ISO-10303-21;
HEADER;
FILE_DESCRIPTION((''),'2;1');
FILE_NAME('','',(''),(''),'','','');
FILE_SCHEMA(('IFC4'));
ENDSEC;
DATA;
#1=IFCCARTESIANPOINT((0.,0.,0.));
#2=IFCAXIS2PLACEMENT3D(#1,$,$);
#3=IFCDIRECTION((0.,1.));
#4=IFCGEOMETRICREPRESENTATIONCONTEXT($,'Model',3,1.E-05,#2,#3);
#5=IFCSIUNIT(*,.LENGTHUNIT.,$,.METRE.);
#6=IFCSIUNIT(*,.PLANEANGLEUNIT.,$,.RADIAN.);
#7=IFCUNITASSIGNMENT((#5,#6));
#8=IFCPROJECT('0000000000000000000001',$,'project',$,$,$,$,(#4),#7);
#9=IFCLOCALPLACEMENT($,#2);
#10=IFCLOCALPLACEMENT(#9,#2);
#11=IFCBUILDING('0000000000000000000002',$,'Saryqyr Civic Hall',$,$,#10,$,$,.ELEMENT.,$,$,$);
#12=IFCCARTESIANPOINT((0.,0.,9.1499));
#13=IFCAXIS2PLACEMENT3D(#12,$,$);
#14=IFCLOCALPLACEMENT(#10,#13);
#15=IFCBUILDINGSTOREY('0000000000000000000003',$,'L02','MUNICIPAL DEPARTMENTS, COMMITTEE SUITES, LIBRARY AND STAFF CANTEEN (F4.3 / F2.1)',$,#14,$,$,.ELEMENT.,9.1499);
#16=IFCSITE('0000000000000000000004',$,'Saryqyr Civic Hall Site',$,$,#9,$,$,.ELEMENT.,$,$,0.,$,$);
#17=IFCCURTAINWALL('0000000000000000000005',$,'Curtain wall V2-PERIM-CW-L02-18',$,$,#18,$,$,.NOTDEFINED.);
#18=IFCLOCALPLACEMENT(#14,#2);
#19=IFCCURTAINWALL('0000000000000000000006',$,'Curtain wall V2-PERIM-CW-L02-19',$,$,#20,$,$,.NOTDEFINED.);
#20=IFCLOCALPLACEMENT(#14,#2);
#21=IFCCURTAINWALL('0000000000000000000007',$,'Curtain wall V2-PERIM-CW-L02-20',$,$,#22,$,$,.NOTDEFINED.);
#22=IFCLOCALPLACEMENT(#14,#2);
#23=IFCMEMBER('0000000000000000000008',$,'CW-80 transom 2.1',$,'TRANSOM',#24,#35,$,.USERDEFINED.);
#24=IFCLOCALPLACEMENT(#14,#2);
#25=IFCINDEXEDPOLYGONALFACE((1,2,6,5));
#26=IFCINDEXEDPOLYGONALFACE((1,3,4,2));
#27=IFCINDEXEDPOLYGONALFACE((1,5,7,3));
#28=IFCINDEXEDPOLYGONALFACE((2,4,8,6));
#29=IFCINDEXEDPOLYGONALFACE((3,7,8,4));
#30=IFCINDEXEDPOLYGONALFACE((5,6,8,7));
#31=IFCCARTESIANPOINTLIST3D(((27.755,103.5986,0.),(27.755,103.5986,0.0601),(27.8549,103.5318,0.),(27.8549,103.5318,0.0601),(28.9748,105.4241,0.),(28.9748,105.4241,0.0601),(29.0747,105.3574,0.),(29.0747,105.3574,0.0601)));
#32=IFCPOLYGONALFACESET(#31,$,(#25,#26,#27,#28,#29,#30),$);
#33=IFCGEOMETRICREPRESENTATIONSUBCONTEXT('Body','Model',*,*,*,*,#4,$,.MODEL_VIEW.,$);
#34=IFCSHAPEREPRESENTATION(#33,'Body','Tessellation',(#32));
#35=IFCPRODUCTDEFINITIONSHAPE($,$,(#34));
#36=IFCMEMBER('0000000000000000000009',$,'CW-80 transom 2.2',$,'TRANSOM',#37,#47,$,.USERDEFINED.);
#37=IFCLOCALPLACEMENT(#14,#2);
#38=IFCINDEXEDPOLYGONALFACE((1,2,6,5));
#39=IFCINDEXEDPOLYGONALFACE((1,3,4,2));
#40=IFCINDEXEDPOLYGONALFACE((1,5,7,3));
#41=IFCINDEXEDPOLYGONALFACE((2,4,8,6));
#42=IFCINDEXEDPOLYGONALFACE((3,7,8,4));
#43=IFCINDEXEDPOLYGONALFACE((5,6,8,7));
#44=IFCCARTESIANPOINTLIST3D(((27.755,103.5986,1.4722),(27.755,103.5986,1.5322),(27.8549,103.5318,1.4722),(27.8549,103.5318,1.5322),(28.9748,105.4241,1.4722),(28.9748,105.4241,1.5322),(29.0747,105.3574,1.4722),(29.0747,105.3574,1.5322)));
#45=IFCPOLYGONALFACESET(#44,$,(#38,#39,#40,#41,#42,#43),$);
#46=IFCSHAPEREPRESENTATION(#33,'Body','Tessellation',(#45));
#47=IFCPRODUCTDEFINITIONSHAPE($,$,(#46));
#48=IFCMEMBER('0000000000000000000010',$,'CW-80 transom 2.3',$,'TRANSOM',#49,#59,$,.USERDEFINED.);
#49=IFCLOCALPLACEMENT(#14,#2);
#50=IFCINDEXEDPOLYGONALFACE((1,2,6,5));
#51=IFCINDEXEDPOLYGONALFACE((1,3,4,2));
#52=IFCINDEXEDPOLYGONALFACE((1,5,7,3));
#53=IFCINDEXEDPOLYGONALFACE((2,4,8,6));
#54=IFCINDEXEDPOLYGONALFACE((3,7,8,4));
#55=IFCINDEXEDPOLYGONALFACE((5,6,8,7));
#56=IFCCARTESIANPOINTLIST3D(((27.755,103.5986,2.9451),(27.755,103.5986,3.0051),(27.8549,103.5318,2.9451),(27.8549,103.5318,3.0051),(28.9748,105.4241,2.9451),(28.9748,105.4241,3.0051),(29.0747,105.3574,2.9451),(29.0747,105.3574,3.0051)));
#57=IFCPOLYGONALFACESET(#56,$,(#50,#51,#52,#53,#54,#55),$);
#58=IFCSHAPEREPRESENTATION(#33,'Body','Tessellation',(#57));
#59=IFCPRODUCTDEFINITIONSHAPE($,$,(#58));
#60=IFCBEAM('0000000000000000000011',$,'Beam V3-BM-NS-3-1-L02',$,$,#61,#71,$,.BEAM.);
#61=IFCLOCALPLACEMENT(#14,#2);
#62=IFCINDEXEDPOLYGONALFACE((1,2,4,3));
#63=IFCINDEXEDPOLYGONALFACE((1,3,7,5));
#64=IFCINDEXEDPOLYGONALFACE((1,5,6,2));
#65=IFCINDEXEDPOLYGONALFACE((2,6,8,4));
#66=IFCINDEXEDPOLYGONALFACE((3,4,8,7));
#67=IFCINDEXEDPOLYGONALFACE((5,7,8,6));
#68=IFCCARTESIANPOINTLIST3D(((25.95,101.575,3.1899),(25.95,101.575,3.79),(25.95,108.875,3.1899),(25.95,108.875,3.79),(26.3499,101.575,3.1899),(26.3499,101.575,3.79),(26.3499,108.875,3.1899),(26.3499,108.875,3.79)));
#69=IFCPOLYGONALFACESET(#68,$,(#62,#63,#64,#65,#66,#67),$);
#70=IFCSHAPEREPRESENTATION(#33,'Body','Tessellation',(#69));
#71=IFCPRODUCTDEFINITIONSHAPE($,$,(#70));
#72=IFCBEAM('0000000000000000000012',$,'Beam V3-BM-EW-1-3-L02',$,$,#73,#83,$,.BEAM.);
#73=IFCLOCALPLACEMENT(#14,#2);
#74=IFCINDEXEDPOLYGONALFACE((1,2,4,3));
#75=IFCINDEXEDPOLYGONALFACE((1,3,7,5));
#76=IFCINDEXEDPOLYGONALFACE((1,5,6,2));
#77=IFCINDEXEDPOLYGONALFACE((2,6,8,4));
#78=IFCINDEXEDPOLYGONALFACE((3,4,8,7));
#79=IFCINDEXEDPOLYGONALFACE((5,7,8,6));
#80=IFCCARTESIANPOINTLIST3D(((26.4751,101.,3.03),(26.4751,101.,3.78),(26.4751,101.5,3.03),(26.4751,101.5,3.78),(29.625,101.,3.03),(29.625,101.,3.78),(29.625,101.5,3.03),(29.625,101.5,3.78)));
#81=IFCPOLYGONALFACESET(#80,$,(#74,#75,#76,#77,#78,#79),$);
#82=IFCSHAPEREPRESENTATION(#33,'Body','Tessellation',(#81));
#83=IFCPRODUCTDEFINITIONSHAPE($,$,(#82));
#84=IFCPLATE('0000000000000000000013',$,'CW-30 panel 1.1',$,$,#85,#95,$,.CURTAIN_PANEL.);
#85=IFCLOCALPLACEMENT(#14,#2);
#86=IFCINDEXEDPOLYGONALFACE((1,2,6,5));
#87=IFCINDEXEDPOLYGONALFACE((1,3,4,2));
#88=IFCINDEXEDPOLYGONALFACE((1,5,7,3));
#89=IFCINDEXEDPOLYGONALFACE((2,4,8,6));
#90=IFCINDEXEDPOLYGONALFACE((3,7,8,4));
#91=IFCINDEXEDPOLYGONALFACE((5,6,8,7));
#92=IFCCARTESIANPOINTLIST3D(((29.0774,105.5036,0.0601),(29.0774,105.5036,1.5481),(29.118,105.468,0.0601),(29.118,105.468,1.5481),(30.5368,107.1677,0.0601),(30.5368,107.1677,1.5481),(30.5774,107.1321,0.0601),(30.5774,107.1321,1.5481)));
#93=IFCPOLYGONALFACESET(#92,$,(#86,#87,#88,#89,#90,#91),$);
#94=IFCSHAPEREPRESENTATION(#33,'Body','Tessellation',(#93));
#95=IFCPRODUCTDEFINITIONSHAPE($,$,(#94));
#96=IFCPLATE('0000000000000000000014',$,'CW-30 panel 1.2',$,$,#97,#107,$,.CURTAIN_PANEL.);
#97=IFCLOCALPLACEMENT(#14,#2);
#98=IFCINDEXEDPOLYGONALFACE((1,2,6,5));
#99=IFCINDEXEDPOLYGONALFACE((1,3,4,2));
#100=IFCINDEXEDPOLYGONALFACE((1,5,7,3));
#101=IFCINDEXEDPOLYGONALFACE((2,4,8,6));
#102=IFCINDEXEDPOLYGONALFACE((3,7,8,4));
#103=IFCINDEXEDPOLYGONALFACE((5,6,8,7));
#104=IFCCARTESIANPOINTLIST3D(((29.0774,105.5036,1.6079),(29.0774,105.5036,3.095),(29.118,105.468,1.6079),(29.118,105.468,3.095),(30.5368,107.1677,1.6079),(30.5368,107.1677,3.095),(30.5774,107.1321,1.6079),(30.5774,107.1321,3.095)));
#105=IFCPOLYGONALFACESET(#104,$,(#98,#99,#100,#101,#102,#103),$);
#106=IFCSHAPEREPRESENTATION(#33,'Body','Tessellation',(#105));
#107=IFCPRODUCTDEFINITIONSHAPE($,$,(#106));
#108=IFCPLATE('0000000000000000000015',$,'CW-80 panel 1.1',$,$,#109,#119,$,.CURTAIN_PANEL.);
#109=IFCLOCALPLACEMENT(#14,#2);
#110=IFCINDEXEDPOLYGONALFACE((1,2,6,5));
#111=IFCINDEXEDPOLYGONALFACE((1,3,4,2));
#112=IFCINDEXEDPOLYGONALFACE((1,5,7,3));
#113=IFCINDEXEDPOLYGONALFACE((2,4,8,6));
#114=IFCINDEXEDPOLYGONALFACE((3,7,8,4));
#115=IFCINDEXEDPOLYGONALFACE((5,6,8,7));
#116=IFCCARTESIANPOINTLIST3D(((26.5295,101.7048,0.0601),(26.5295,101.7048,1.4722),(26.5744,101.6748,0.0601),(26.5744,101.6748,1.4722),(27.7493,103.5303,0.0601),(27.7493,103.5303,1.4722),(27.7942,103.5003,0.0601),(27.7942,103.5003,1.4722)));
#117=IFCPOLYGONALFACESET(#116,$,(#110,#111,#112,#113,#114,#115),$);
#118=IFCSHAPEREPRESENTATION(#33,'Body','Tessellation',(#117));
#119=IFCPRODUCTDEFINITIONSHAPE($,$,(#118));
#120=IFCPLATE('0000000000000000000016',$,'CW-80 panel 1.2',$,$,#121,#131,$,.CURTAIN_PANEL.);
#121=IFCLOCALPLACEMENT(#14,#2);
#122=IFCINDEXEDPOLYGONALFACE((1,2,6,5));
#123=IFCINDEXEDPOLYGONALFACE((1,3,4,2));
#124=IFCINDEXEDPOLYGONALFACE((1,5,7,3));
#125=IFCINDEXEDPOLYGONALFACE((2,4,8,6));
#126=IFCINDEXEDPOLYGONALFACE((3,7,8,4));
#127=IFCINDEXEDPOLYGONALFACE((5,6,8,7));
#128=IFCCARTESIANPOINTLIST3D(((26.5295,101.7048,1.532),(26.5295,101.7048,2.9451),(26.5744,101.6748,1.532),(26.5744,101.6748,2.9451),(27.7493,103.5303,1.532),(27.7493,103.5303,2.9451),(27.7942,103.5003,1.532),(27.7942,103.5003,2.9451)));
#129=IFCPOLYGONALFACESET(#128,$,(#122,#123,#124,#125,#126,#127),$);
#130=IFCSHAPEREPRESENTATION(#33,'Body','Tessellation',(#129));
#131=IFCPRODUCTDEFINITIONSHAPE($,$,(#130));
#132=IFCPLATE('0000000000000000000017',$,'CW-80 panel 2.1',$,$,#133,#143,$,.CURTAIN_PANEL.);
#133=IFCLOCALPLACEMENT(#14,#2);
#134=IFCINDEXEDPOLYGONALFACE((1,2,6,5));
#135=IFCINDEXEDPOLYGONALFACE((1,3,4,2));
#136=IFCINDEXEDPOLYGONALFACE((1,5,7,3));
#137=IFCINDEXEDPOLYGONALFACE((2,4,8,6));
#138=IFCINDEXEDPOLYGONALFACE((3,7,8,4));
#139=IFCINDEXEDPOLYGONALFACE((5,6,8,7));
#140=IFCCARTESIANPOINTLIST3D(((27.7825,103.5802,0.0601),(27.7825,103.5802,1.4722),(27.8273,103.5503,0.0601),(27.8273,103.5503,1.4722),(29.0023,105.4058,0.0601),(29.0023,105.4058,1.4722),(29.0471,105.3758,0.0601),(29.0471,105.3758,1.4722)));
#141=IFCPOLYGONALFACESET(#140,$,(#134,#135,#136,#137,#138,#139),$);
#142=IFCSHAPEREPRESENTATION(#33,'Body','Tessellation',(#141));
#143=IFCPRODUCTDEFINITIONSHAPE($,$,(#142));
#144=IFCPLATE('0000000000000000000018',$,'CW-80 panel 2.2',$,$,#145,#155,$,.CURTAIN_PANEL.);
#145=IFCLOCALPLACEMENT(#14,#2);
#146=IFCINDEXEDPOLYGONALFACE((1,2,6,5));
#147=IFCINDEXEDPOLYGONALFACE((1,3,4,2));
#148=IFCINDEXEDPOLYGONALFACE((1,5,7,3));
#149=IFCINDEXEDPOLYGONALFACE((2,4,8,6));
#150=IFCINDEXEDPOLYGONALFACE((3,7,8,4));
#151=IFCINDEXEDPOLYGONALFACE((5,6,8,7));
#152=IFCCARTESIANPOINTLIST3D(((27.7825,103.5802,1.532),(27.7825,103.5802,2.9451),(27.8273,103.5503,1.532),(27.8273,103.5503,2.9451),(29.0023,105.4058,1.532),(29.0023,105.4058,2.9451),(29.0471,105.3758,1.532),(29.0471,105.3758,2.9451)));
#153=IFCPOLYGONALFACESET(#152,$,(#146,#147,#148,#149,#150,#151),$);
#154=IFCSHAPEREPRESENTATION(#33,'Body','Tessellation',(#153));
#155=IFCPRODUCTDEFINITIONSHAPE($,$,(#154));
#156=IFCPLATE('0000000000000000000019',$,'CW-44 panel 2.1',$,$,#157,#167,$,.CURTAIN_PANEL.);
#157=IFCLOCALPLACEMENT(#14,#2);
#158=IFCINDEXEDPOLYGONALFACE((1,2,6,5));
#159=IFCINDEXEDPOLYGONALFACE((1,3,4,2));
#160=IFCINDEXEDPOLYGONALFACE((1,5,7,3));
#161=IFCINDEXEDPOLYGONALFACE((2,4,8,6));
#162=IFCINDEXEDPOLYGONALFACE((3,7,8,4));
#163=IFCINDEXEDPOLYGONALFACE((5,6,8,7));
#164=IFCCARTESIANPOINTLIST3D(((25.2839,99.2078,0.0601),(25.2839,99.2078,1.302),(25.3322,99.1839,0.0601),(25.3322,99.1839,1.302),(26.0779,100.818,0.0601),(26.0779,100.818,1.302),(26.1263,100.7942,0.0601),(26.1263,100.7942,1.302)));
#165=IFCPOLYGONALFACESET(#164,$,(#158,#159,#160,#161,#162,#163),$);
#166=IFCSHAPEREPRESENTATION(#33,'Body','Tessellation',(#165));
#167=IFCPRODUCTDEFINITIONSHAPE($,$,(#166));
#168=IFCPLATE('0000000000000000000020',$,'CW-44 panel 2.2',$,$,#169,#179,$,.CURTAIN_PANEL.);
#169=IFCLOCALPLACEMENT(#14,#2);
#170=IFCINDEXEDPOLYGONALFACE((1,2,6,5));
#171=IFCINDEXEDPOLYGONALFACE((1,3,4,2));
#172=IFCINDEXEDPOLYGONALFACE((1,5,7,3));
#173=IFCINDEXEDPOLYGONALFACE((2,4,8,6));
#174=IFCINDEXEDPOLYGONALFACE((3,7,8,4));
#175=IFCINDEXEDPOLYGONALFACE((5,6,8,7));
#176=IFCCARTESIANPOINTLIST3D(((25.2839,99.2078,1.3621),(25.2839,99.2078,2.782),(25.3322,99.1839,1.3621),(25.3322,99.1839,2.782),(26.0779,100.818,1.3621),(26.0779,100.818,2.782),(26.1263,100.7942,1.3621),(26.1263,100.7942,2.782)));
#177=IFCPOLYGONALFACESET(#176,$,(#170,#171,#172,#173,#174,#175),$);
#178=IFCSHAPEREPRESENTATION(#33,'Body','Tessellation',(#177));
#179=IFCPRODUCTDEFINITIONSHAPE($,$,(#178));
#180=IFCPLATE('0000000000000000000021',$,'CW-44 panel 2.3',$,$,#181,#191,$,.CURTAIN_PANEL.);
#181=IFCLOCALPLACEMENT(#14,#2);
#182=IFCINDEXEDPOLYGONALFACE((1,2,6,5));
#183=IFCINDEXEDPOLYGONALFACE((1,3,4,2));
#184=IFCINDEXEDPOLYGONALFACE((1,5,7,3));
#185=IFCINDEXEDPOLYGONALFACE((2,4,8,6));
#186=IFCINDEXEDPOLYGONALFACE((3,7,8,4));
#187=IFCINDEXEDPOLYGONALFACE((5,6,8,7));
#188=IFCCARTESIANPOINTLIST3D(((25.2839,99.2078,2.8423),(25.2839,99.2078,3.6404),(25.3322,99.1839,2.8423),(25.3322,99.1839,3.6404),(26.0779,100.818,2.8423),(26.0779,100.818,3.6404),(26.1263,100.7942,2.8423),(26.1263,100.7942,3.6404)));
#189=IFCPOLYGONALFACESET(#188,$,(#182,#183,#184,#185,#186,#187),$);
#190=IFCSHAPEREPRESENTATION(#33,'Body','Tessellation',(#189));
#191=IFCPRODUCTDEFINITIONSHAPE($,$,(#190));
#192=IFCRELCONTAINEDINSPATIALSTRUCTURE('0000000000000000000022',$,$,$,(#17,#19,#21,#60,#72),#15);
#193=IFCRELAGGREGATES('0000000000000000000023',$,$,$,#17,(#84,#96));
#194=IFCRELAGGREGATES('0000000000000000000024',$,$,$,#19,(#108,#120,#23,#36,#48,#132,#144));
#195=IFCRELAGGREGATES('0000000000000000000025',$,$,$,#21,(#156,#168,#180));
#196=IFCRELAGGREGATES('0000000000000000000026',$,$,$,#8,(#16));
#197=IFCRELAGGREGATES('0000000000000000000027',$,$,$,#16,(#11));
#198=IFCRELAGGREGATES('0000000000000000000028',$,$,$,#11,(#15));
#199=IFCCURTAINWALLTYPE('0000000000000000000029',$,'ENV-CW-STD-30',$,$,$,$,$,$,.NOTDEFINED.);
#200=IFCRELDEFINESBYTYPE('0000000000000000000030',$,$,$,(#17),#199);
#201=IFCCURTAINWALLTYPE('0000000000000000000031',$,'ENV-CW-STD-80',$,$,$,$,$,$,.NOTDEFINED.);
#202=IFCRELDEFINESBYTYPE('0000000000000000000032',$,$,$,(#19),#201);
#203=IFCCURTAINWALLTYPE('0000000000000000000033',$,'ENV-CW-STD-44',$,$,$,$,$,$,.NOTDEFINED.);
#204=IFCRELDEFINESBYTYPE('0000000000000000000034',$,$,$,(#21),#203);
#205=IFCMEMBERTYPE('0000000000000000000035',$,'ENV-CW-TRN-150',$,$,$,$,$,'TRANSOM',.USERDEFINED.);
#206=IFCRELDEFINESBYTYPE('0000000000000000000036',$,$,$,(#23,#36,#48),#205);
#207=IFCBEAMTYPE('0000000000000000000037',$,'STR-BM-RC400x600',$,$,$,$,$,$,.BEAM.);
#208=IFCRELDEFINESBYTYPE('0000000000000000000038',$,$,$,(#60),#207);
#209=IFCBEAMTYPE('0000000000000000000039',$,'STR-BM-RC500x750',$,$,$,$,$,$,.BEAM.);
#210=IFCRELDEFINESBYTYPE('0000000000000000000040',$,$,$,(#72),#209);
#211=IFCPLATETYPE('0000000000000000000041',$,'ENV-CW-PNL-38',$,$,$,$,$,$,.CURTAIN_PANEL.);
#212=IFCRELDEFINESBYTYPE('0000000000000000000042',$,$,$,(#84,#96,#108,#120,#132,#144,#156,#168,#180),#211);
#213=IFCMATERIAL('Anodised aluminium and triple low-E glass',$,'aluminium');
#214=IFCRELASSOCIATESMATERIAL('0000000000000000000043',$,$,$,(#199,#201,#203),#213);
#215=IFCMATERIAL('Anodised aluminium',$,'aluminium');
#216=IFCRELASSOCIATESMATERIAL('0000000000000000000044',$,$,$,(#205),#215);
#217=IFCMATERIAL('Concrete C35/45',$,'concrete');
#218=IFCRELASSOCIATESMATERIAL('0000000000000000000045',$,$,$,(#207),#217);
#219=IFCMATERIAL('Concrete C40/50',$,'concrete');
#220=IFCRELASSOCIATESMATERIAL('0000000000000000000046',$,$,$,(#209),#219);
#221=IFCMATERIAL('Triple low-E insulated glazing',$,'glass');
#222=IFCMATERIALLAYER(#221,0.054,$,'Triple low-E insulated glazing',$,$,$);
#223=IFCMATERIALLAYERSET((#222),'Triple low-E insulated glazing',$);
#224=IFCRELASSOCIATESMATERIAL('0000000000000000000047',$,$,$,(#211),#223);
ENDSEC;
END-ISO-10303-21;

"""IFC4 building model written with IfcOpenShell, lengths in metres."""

from ifc_helpers import new_model, si_unit, direction, frame, origin, origin_2d, place, context, subcontext, project, spatial, rectangle, extrude, material, layer, layer_set, material_profile, profile_set, type_object, element, aggregate, save


model = new_model("IFC4")

# Units and contexts
model_context = context("Model", 3, precision=1e-05, world=origin(), true_north=direction((0.0, 1.0)))
body_context = subcontext(model_context, "Body", "Model", "MODEL_VIEW")
ifc_project = project(units=[si_unit("LENGTHUNIT", "METRE"), si_unit("PLANEANGLEUNIT", "RADIAN")], contexts=[model_context])

# Site, building, storey
site_placement = place(None, origin())
site = spatial("IfcSite", under=ifc_project, at=site_placement, Name="Saryqyr Civic Hall Site", CompositionType="ELEMENT", RefElevation=0.0)
building_placement = place(site_placement, origin())
building = spatial("IfcBuilding", under=site, at=building_placement, Name="Saryqyr Civic Hall", CompositionType="ELEMENT")
storey_placement = place(building_placement, frame((0.0, 0.0, 9.1499)))
storey = spatial("IfcBuildingStorey", under=building, at=storey_placement, Name="L02", Description="MUNICIPAL DEPARTMENTS, COMMITTEE SUITES, LIBRARY AND STAFF CANTEEN (F4.3 / F2.1)", CompositionType="ELEMENT", Elevation=9.1499)

# Shared definitions
ifc_material_1 = material(Name="Concrete C40/50", Category="concrete")

# Curtain wall
ifc_material_2 = material(Name="Anodised aluminium and triple low-E glass", Category="aluminium")
curtain_wall_type_1 = type_object("IfcCurtainWallType", Name="ENV-CW-STD-30", PredefinedType="NOTDEFINED", material=ifc_material_2)
curtain_wall_1_placement = place(storey_placement, origin())
curtain_wall_1 = element("IfcCurtainWall", 1, at=curtain_wall_1_placement, inside=storey, type_object=curtain_wall_type_1, Name="Curtain wall V2-PERIM-CW-L02-18", PredefinedType="NOTDEFINED")
ifc_material_3 = material(Name="Anodised aluminium", Category="aluminium")

# Curtain wall
curtain_wall_type_2 = type_object("IfcCurtainWallType", Name="ENV-CW-STD-80", PredefinedType="NOTDEFINED", material=ifc_material_2)
curtain_wall_2_placement = place(storey_placement, origin())
curtain_wall_2 = element("IfcCurtainWall", 2, at=curtain_wall_2_placement, inside=storey, type_object=curtain_wall_type_2, Name="Curtain wall V2-PERIM-CW-L02-19", PredefinedType="NOTDEFINED")

# Curtain wall
curtain_wall_type_3 = type_object("IfcCurtainWallType", Name="ENV-CW-STD-44", PredefinedType="NOTDEFINED", material=ifc_material_2)
curtain_wall_3_placement = place(storey_placement, origin())
curtain_wall_3 = element("IfcCurtainWall", 3, at=curtain_wall_3_placement, inside=storey, type_object=curtain_wall_type_3, Name="Curtain wall V2-PERIM-CW-L02-20", PredefinedType="NOTDEFINED")

# Members
ifc_material_profile_1 = material_profile(ifc_material_3, rectangle(XDim=0.1201, YDim=0.0601, at=origin_2d()), Name="ALU TRANSOM 120x60")
ifc_profile_set_1 = profile_set([ifc_material_profile_1], Name="Anodised aluminium")
member_type_1 = type_object("IfcMemberType", Name="ENV-CW-TRN-150", ElementType="TRANSOM", PredefinedType="USERDEFINED", material=ifc_profile_set_1)
member_1_placement = place(storey_placement, frame((27.8049, 103.5652, 0.03), z_axis=(0.555572, 0.831468, 0.0), x_axis=(-0.831468, 0.555572, 0.0)))
member_1 = element("IfcMember", 4, at=member_1_placement, type_object=member_type_1, Name="CW-80 transom 2.1", ObjectType="TRANSOM", PredefinedType="USERDEFINED", context=body_context, shape_type="SweptSolid", body=[
    extrude(rectangle(XDim=0.1201, YDim=0.0601, at=origin_2d()), origin(), (0.0, 0.0, 1.0), 2.1956),
])
member_2_placement = place(storey_placement, frame((27.8049, 103.5652, 1.5022), z_axis=(0.555572, 0.831468, 0.0), x_axis=(-0.831468, 0.555572, 0.0)))
member_2 = element("IfcMember", 5, at=member_2_placement, type_object=member_type_1, Name="CW-80 transom 2.2", ObjectType="TRANSOM", PredefinedType="USERDEFINED", context=body_context, shape_type="SweptSolid", body=[
    extrude(rectangle(XDim=0.1201, YDim=0.0601, at=origin_2d()), origin(), (0.0, 0.0, 1.0), 2.1956),
])
member_3_placement = place(storey_placement, frame((27.8049, 103.5652, 2.9751), z_axis=(0.555572, 0.831468, 0.0), x_axis=(-0.831468, 0.555572, 0.0)))
member_3 = element("IfcMember", 6, at=member_3_placement, type_object=member_type_1, Name="CW-80 transom 2.3", ObjectType="TRANSOM", PredefinedType="USERDEFINED", context=body_context, shape_type="SweptSolid", body=[
    extrude(rectangle(XDim=0.1201, YDim=0.0601, at=origin_2d()), origin(), (0.0, 0.0, 1.0), 2.1956),
])

# Beams
ifc_material_4 = material(Name="Concrete C35/45", Category="concrete")
ifc_material_profile_2 = material_profile(ifc_material_4, rectangle(XDim=0.3999, YDim=0.6001, at=origin_2d()), Name="RC 400x600")
ifc_profile_set_2 = profile_set([ifc_material_profile_2], Name="Concrete C35/45")
beam_type_1 = type_object("IfcBeamType", Name="STR-BM-RC400x600", PredefinedType="BEAM", material=ifc_profile_set_2)
beam_1_placement = place(storey_placement, frame((26.1499, 101.575, 3.49), z_axis=(0.0, 1.0, 0.0), x_axis=(-1.0, 0.0, 0.0)))
element("IfcBeam", 7, at=beam_1_placement, inside=storey, type_object=beam_type_1, Name="Beam V3-BM-NS-3-1-L02", PredefinedType="BEAM", context=body_context, shape_type="SweptSolid", body=[
    extrude(rectangle(XDim=0.3999, YDim=0.6001, at=origin_2d()), origin(), (0.0, 0.0, 1.0), 7.3),
])
ifc_material_profile_3 = material_profile(ifc_material_1, rectangle(XDim=0.5, YDim=0.75, at=origin_2d()), Name="RC 500x750")
ifc_profile_set_3 = profile_set([ifc_material_profile_3], Name="Concrete C40/50")
beam_type_2 = type_object("IfcBeamType", Name="STR-BM-RC500x750", PredefinedType="BEAM", material=ifc_profile_set_3)
beam_2_placement = place(storey_placement, frame((26.4751, 101.25, 3.405), z_axis=(1.0, 0.0, 0.0), x_axis=(0.0, 1.0, 0.0)))
element("IfcBeam", 8, at=beam_2_placement, inside=storey, type_object=beam_type_2, Name="Beam V3-BM-EW-1-3-L02", PredefinedType="BEAM", context=body_context, shape_type="SweptSolid", body=[
    extrude(rectangle(XDim=0.5, YDim=0.75, at=origin_2d()), origin(), (0.0, 0.0, 1.0), 3.1499),
])

# Plates
ifc_material_5 = material(Name="Triple low-E insulated glazing", Category="glass")
ifc_layer_1 = layer(ifc_material_5, 0.054, Name="Triple low-E insulated glazing")
ifc_layer_set_1 = layer_set([ifc_layer_1], Name="Triple low-E insulated glazing")
plate_type = type_object("IfcPlateType", Name="ENV-CW-PNL-38", PredefinedType="CURTAIN_PANEL", material=ifc_layer_set_1)
plate_1_placement = place(storey_placement, frame((29.8274, 106.3179, 0.0601), z_axis=(0.0, 0.0, 1.0), x_axis=(0.659348, 0.751838, 0.0)))
plate_1 = element("IfcPlate", 9, at=plate_1_placement, type_object=plate_type, Name="CW-30 panel 1.1", PredefinedType="CURTAIN_PANEL", context=body_context, shape_type="SweptSolid", body=[
    extrude(rectangle(XDim=2.2134, YDim=0.054, at=origin_2d()), origin(), (0.0, 0.0, 1.0), 1.488),
])
plate_2_placement = place(storey_placement, frame((29.8274, 106.3179, 1.6079), z_axis=(0.0, 0.0, 1.0), x_axis=(0.659348, 0.751838, 0.0)))
plate_2 = element("IfcPlate", 10, at=plate_2_placement, type_object=plate_type, Name="CW-30 panel 1.2", PredefinedType="CURTAIN_PANEL", context=body_context, shape_type="SweptSolid", body=[
    extrude(rectangle(XDim=2.2134, YDim=0.054, at=origin_2d()), origin(), (0.0, 0.0, 1.0), 1.4871),
])
aggregate(curtain_wall_1, [plate_1, plate_2])
plate_3_placement = place(storey_placement, frame((27.1619, 102.6025, 0.0601), z_axis=(0.0, 0.0, 1.0), x_axis=(0.555573, 0.831468, 0.0)))
plate_3 = element("IfcPlate", 11, at=plate_3_placement, type_object=plate_type, Name="CW-80 panel 1.1", PredefinedType="CURTAIN_PANEL", context=body_context, shape_type="SweptSolid", body=[
    extrude(rectangle(XDim=2.1956, YDim=0.054, at=origin_2d()), origin(), (0.0, 0.0, 1.0), 1.4121),
])
plate_4_placement = place(storey_placement, frame((27.1619, 102.6025, 1.532), z_axis=(0.0, 0.0, 1.0), x_axis=(0.555573, 0.831468, 0.0)))
plate_4 = element("IfcPlate", 12, at=plate_4_placement, type_object=plate_type, Name="CW-80 panel 1.2", PredefinedType="CURTAIN_PANEL", context=body_context, shape_type="SweptSolid", body=[
    extrude(rectangle(XDim=2.1956, YDim=0.054, at=origin_2d()), origin(), (0.0, 0.0, 1.0), 1.4131),
])
plate_5_placement = place(storey_placement, frame((28.4148, 104.478, 0.0601), z_axis=(0.0, 0.0, 1.0), x_axis=(0.555573, 0.831468, 0.0)))
plate_5 = element("IfcPlate", 13, at=plate_5_placement, type_object=plate_type, Name="CW-80 panel 2.1", PredefinedType="CURTAIN_PANEL", context=body_context, shape_type="SweptSolid", body=[
    extrude(rectangle(XDim=2.1956, YDim=0.054, at=origin_2d()), origin(), (0.0, 0.0, 1.0), 1.4121),
])
plate_6_placement = place(storey_placement, frame((28.4148, 104.478, 1.532), z_axis=(0.0, 0.0, 1.0), x_axis=(0.555573, 0.831468, 0.0)))
plate_6 = element("IfcPlate", 14, at=plate_6_placement, type_object=plate_type, Name="CW-80 panel 2.2", PredefinedType="CURTAIN_PANEL", context=body_context, shape_type="SweptSolid", body=[
    extrude(rectangle(XDim=2.1956, YDim=0.054, at=origin_2d()), origin(), (0.0, 0.0, 1.0), 1.4131),
])
aggregate(curtain_wall_2, [plate_3, plate_4, member_1, member_2, member_3, plate_5, plate_6])
plate_7_placement = place(storey_placement, frame((25.7051, 100.001, 0.0601), z_axis=(0.0, 0.0, 1.0), x_axis=(0.442274, 0.89688, 0.0)))
plate_7 = element("IfcPlate", 15, at=plate_7_placement, type_object=plate_type, Name="CW-44 panel 2.1", PredefinedType="CURTAIN_PANEL", context=body_context, shape_type="SweptSolid", body=[
    extrude(rectangle(XDim=1.7954, YDim=0.054, at=origin_2d()), origin(), (0.0, 0.0, 1.0), 1.2419),
])
plate_8_placement = place(storey_placement, frame((25.7051, 100.001, 1.3621), z_axis=(0.0, 0.0, 1.0), x_axis=(0.442274, 0.89688, 0.0)))
plate_8 = element("IfcPlate", 16, at=plate_8_placement, type_object=plate_type, Name="CW-44 panel 2.2", PredefinedType="CURTAIN_PANEL", context=body_context, shape_type="SweptSolid", body=[
    extrude(rectangle(XDim=1.7954, YDim=0.054, at=origin_2d()), origin(), (0.0, 0.0, 1.0), 1.4199),
])
plate_9_placement = place(storey_placement, frame((25.7051, 100.001, 2.8423), z_axis=(0.0, 0.0, 1.0), x_axis=(0.442274, 0.89688, 0.0)))
plate_9 = element("IfcPlate", 17, at=plate_9_placement, type_object=plate_type, Name="CW-44 panel 2.3", PredefinedType="CURTAIN_PANEL", context=body_context, shape_type="SweptSolid", body=[
    extrude(rectangle(XDim=1.7954, YDim=0.054, at=origin_2d()), origin(), (0.0, 0.0, 1.0), 0.7981),
])
aggregate(curtain_wall_3, [plate_7, plate_8, plate_9])

save(model, "model.ifc")
